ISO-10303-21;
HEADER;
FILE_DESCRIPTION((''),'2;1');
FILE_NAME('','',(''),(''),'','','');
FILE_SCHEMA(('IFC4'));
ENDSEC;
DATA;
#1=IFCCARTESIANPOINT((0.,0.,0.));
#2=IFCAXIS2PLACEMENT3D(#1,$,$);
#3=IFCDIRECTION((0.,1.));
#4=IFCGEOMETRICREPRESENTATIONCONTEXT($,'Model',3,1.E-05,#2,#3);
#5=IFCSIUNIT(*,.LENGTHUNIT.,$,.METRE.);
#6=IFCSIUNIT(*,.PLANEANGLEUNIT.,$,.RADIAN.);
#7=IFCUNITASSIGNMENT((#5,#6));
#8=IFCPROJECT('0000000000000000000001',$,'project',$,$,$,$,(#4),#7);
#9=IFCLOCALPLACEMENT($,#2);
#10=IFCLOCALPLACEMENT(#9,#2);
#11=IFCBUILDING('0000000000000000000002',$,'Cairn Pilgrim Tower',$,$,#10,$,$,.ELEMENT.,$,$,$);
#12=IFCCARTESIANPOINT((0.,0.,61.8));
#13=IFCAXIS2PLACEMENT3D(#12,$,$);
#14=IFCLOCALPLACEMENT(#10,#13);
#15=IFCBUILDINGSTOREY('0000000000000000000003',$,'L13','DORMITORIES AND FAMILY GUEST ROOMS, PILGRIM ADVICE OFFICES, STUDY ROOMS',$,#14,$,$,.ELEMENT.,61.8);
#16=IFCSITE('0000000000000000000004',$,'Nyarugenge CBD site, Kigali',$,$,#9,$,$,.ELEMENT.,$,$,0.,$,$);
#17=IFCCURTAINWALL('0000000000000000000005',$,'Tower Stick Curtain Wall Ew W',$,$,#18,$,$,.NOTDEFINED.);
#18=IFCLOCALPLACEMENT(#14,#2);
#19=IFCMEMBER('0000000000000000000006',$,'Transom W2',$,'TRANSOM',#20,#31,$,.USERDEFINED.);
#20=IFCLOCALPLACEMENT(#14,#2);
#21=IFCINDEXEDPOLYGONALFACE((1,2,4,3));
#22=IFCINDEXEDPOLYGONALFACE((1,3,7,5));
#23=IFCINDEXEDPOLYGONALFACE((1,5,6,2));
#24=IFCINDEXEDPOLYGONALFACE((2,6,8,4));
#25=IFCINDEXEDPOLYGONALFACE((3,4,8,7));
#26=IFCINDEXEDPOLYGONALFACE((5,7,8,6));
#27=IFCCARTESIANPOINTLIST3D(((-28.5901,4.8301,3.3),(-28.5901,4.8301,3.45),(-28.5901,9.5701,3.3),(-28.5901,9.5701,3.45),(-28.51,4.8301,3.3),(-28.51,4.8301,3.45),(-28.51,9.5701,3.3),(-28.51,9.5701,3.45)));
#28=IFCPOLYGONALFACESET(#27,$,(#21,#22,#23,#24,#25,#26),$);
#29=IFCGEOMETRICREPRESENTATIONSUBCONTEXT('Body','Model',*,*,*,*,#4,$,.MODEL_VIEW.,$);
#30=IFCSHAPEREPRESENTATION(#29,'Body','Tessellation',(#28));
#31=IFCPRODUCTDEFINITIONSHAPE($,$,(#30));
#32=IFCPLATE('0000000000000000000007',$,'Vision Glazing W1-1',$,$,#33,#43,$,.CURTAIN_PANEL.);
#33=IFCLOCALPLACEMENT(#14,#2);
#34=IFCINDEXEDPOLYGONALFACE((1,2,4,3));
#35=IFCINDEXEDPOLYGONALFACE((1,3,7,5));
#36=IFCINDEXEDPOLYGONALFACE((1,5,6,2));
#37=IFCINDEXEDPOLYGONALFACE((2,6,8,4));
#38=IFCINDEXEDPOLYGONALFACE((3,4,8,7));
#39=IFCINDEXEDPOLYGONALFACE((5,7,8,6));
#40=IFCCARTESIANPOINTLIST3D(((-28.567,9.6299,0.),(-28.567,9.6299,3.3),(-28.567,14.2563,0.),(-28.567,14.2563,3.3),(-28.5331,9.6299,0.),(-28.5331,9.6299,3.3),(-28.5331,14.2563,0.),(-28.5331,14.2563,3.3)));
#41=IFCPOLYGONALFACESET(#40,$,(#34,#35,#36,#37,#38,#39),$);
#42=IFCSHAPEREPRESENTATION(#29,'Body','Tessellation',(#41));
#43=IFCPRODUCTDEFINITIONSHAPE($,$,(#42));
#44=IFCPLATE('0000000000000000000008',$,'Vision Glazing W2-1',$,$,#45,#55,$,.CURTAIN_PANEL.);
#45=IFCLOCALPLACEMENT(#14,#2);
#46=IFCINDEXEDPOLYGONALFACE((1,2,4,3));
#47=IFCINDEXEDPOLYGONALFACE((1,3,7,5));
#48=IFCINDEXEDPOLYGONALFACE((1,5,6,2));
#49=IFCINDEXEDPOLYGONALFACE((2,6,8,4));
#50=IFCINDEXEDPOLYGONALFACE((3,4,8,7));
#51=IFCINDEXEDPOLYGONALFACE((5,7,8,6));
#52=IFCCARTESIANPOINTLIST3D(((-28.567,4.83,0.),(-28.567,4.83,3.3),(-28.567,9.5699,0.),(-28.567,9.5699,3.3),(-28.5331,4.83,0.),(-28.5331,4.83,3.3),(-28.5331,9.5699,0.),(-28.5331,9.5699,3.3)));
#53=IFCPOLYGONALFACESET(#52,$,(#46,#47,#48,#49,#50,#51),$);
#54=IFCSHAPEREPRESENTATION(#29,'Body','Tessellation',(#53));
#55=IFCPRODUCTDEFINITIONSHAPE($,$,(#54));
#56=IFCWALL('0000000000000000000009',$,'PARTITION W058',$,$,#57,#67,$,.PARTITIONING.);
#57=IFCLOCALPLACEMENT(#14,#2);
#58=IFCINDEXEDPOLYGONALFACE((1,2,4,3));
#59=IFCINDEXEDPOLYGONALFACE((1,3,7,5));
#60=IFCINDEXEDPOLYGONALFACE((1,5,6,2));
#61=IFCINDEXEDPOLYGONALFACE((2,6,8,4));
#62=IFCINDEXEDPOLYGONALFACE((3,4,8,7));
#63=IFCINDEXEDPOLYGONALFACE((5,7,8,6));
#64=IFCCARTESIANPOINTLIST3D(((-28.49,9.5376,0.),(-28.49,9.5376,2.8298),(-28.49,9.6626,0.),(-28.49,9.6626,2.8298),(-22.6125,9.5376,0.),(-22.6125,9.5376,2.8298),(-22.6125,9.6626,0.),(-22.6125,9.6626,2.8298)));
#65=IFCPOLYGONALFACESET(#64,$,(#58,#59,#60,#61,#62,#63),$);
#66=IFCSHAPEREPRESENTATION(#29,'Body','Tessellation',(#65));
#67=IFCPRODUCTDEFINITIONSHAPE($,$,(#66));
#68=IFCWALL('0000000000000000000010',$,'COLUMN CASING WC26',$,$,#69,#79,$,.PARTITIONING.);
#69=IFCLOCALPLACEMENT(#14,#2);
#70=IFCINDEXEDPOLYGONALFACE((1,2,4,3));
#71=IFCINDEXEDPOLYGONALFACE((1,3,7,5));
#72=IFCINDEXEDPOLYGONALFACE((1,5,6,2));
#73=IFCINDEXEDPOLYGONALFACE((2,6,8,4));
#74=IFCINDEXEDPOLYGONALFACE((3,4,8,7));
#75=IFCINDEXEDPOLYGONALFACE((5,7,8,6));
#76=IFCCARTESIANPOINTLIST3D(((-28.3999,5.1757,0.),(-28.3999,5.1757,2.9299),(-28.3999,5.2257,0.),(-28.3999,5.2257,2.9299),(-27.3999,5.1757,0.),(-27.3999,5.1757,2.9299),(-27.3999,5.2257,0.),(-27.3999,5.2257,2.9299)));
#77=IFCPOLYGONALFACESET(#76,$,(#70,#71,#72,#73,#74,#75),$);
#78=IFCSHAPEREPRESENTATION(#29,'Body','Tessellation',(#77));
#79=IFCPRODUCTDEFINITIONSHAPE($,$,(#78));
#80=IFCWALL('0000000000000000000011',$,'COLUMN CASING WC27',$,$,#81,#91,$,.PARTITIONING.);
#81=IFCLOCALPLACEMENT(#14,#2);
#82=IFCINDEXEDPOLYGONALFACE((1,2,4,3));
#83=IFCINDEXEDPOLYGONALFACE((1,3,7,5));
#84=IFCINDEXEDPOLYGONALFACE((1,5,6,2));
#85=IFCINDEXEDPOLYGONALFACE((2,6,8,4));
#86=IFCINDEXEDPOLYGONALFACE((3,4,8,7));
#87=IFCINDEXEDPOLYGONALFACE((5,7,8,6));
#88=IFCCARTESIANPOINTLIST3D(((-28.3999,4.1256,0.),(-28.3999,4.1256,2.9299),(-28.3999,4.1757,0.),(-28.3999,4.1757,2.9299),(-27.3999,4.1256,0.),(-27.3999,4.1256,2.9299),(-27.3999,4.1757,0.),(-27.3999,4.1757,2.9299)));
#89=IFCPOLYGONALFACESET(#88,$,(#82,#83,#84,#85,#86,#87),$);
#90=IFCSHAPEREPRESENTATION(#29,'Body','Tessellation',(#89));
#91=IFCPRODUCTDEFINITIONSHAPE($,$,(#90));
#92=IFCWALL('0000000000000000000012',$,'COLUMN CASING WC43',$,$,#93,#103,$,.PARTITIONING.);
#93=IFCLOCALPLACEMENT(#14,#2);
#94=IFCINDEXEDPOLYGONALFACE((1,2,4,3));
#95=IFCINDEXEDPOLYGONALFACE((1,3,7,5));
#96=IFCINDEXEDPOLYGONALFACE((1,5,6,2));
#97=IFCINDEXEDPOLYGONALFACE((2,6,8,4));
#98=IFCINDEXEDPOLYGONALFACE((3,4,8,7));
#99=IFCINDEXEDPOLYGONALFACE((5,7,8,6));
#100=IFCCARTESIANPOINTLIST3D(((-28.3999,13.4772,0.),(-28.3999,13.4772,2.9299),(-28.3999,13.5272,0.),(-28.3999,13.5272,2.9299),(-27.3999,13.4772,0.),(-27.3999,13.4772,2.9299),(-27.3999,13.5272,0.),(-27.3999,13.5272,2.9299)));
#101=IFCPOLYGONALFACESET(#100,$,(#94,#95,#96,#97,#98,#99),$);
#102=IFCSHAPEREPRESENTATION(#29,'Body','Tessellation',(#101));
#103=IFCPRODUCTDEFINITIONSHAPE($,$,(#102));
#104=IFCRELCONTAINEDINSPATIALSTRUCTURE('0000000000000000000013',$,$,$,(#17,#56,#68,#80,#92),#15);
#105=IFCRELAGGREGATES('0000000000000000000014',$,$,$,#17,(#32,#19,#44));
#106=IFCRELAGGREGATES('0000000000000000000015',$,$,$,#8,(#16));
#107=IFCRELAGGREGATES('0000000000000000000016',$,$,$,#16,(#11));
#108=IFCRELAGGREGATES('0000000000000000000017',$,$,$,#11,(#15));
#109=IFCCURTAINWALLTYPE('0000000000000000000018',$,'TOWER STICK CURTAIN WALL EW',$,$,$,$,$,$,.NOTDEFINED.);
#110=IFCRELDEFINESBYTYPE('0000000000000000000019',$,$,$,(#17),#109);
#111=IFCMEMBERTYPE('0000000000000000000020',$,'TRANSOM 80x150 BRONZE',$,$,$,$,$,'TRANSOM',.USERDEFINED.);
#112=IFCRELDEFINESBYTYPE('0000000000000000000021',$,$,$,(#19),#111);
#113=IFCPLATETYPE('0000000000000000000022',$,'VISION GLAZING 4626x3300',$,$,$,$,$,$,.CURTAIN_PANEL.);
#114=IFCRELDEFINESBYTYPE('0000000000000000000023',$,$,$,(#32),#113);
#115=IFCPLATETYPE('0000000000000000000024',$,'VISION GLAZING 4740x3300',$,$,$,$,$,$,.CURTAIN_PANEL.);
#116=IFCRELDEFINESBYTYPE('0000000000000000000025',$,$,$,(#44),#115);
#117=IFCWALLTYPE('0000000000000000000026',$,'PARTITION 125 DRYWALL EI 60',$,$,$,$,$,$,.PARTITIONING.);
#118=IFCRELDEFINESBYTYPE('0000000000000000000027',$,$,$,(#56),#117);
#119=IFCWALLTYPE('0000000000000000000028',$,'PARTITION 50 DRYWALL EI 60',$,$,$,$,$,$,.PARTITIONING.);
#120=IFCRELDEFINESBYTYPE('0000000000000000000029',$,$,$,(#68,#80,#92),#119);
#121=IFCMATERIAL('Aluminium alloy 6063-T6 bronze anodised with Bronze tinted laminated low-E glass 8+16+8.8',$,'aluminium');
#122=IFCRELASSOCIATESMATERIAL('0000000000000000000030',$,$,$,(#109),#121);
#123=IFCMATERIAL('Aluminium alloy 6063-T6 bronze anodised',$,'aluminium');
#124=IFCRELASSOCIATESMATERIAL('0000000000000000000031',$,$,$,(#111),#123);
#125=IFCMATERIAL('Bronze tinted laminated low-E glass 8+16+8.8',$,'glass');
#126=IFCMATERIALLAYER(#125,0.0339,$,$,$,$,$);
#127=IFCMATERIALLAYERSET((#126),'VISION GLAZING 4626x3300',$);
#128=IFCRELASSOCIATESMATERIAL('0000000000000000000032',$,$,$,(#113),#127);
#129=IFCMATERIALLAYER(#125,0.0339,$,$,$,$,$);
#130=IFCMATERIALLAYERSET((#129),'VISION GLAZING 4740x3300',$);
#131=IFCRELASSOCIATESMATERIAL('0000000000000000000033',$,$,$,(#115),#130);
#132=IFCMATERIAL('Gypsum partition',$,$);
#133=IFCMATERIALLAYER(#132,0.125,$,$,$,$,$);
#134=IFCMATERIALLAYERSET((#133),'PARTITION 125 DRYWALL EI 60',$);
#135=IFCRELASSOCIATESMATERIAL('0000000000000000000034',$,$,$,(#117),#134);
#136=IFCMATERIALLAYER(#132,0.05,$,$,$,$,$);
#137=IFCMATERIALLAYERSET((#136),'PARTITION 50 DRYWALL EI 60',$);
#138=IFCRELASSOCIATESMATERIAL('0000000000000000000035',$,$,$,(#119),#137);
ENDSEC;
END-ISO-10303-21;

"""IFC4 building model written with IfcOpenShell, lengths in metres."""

from ifc_helpers import new_model, si_unit, direction, frame, frame_2d, origin, origin_2d, place, context, subcontext, project, spatial, rectangle, extrude, material, layer, layer_set, material_profile, profile_set, type_object, element, aggregate, save


model = new_model("IFC4")

# Units and contexts
model_context = context("Model", 3, precision=1e-05, world=origin(), true_north=direction((0.0, 1.0)))
body_context = subcontext(model_context, "Body", "Model", "MODEL_VIEW")
ifc_project = project(units=[si_unit("LENGTHUNIT", "METRE"), si_unit("PLANEANGLEUNIT", "RADIAN")], contexts=[model_context])

# Site, building, storey
site_placement = place(None, origin())
site = spatial("IfcSite", under=ifc_project, at=site_placement, Name="Nyarugenge CBD site, Kigali", CompositionType="ELEMENT", RefElevation=0.0)
building_placement = place(site_placement, origin())
building = spatial("IfcBuilding", under=site, at=building_placement, Name="Cairn Pilgrim Tower", CompositionType="ELEMENT")
storey_placement = place(building_placement, frame((0.0, 0.0, 61.8)))
storey = spatial("IfcBuildingStorey", under=building, at=storey_placement, Name="L13", Description="DORMITORIES AND FAMILY GUEST ROOMS, PILGRIM ADVICE OFFICES, STUDY ROOMS", CompositionType="ELEMENT", Elevation=61.8)

# Curtain wall
ifc_material_1 = material(Name="Aluminium alloy 6063-T6 bronze anodised with Bronze tinted laminated low-E glass 8+16+8.8", Category="aluminium")
curtain_wall_type = type_object("IfcCurtainWallType", Name="TOWER STICK CURTAIN WALL EW", PredefinedType="NOTDEFINED", material=ifc_material_1)
curtain_wall_placement = place(storey_placement, origin())
curtain_wall = element("IfcCurtainWall", 1, at=curtain_wall_placement, inside=storey, type_object=curtain_wall_type, Name="Tower Stick Curtain Wall Ew W", PredefinedType="NOTDEFINED")
ifc_material_2 = material(Name="Aluminium alloy 6063-T6 bronze anodised", Category="aluminium")

# Member
ifc_material_profile_1 = material_profile(ifc_material_2, rectangle(XDim=0.0801, YDim=0.1499, at=origin_2d()), Name="TRANSOM 80x150 BRONZE")
ifc_profile_set_1 = profile_set([ifc_material_profile_1], Name="Aluminium alloy 6063-T6 bronze anodised")
member_type_1 = type_object("IfcMemberType", Name="TRANSOM 80x150 BRONZE", ElementType="TRANSOM", PredefinedType="USERDEFINED", material=ifc_profile_set_1)
member_1_placement = place(storey_placement, frame((-28.55, 9.5701, 3.375), z_axis=(0.0, -1.0, 0.0), x_axis=(1.0, 0.0, 0.0)))
member_1 = element("IfcMember", 2, at=member_1_placement, type_object=member_type_1, Name="Transom W2", ObjectType="TRANSOM", PredefinedType="USERDEFINED", context=body_context, shape_type="SweptSolid", body=[
    extrude(rectangle(XDim=0.0801, YDim=0.1499, at=origin_2d()), origin(), (0.0, 0.0, 1.0), 4.74),
])

# Plates
ifc_material_3 = material(Name="Bronze tinted laminated low-E glass 8+16+8.8", Category="glass")
ifc_layer_1 = layer(ifc_material_3, 0.0339)
ifc_layer_set_1 = layer_set([ifc_layer_1], Name="VISION GLAZING 4626x3300")
plate_type_1 = type_object("IfcPlateType", Name="VISION GLAZING 4626x3300", PredefinedType="CURTAIN_PANEL", material=ifc_layer_set_1)
plate_1_placement = place(storey_placement, frame((-28.55, 11.9431, 0.0), z_axis=(0.0, 0.0, 1.0), x_axis=(0.0, -1.0, 0.0)))
plate_1 = element("IfcPlate", 3, at=plate_1_placement, type_object=plate_type_1, Name="Vision Glazing W1-1", PredefinedType="CURTAIN_PANEL", context=body_context, shape_type="SweptSolid", body=[
    extrude(rectangle(XDim=4.6265, YDim=0.0339, at=origin_2d()), origin(), (0.0, 0.0, 1.0), 3.3),
])
ifc_layer_2 = layer(ifc_material_3, 0.0339)
ifc_layer_set_2 = layer_set([ifc_layer_2], Name="VISION GLAZING 4740x3300")
plate_type_2 = type_object("IfcPlateType", Name="VISION GLAZING 4740x3300", PredefinedType="CURTAIN_PANEL", material=ifc_layer_set_2)
plate_2_placement = place(storey_placement, frame((-28.55, 7.2, 0.0), z_axis=(0.0, 0.0, 1.0), x_axis=(0.0, -1.0, 0.0)))
plate_2 = element("IfcPlate", 4, at=plate_2_placement, type_object=plate_type_2, Name="Vision Glazing W2-1", PredefinedType="CURTAIN_PANEL", context=body_context, shape_type="SweptSolid", body=[
    extrude(rectangle(XDim=4.74, YDim=0.0339, at=origin_2d()), origin(), (0.0, 0.0, 1.0), 3.3),
])
aggregate(curtain_wall, [plate_1, member_1, plate_2])

# Walls
ifc_material_4 = material(Name="Gypsum partition")
ifc_layer_3 = layer(ifc_material_4, 0.125)
ifc_layer_set_3 = layer_set([ifc_layer_3], Name="PARTITION 125 DRYWALL EI 60")
wall_type_1 = type_object("IfcWallType", Name="PARTITION 125 DRYWALL EI 60", PredefinedType="PARTITIONING", material=ifc_layer_set_3)
wall_1_placement = place(storey_placement, frame((-28.49, 9.6001, 0.0), z_axis=(0.0, 0.0, 1.0), x_axis=(1.0, 0.0, 0.0)))
element("IfcWall", 5, at=wall_1_placement, inside=storey, type_object=wall_type_1, Name="PARTITION W058", PredefinedType="PARTITIONING", context=body_context, shape_type="SweptSolid", body=[
    extrude(rectangle(XDim=5.8774, YDim=0.125, at=frame_2d((2.9387, 0.0))), origin(), (0.0, 0.0, 1.0), 2.8298),
])
ifc_layer_4 = layer(ifc_material_4, 0.05)
ifc_layer_set_4 = layer_set([ifc_layer_4], Name="PARTITION 50 DRYWALL EI 60")
wall_type_2 = type_object("IfcWallType", Name="PARTITION 50 DRYWALL EI 60", PredefinedType="PARTITIONING", material=ifc_layer_set_4)
for number, where, z_axis, x_axis, name in (
    (6, (-28.3999, 5.2007, 0.0), (0.0, 0.0, 1.0), (1.0, 0.0, 0.0), "COLUMN CASING WC26"),
    (7, (-28.3999, 4.1506, 0.0), (0.0, 0.0, 1.0), (1.0, 0.0, 0.0), "COLUMN CASING WC27"),
    (8, (-28.3999, 13.5022, 0.0), (0.0, 0.0, 1.0), (1.0, 0.0, 0.0), "COLUMN CASING WC43"),
):
    element("IfcWall", number, at=place(storey_placement, frame(where, z_axis=z_axis, x_axis=x_axis)), inside=storey, type_object=wall_type_2, Name=name, PredefinedType="PARTITIONING", context=body_context, shape_type="SweptSolid", body=[
        extrude(rectangle(XDim=1.0, YDim=0.05, at=frame_2d((0.5, 0.0))), origin(), (0.0, 0.0, 1.0), 2.9299),
    ])

save(model, "model.ifc")
